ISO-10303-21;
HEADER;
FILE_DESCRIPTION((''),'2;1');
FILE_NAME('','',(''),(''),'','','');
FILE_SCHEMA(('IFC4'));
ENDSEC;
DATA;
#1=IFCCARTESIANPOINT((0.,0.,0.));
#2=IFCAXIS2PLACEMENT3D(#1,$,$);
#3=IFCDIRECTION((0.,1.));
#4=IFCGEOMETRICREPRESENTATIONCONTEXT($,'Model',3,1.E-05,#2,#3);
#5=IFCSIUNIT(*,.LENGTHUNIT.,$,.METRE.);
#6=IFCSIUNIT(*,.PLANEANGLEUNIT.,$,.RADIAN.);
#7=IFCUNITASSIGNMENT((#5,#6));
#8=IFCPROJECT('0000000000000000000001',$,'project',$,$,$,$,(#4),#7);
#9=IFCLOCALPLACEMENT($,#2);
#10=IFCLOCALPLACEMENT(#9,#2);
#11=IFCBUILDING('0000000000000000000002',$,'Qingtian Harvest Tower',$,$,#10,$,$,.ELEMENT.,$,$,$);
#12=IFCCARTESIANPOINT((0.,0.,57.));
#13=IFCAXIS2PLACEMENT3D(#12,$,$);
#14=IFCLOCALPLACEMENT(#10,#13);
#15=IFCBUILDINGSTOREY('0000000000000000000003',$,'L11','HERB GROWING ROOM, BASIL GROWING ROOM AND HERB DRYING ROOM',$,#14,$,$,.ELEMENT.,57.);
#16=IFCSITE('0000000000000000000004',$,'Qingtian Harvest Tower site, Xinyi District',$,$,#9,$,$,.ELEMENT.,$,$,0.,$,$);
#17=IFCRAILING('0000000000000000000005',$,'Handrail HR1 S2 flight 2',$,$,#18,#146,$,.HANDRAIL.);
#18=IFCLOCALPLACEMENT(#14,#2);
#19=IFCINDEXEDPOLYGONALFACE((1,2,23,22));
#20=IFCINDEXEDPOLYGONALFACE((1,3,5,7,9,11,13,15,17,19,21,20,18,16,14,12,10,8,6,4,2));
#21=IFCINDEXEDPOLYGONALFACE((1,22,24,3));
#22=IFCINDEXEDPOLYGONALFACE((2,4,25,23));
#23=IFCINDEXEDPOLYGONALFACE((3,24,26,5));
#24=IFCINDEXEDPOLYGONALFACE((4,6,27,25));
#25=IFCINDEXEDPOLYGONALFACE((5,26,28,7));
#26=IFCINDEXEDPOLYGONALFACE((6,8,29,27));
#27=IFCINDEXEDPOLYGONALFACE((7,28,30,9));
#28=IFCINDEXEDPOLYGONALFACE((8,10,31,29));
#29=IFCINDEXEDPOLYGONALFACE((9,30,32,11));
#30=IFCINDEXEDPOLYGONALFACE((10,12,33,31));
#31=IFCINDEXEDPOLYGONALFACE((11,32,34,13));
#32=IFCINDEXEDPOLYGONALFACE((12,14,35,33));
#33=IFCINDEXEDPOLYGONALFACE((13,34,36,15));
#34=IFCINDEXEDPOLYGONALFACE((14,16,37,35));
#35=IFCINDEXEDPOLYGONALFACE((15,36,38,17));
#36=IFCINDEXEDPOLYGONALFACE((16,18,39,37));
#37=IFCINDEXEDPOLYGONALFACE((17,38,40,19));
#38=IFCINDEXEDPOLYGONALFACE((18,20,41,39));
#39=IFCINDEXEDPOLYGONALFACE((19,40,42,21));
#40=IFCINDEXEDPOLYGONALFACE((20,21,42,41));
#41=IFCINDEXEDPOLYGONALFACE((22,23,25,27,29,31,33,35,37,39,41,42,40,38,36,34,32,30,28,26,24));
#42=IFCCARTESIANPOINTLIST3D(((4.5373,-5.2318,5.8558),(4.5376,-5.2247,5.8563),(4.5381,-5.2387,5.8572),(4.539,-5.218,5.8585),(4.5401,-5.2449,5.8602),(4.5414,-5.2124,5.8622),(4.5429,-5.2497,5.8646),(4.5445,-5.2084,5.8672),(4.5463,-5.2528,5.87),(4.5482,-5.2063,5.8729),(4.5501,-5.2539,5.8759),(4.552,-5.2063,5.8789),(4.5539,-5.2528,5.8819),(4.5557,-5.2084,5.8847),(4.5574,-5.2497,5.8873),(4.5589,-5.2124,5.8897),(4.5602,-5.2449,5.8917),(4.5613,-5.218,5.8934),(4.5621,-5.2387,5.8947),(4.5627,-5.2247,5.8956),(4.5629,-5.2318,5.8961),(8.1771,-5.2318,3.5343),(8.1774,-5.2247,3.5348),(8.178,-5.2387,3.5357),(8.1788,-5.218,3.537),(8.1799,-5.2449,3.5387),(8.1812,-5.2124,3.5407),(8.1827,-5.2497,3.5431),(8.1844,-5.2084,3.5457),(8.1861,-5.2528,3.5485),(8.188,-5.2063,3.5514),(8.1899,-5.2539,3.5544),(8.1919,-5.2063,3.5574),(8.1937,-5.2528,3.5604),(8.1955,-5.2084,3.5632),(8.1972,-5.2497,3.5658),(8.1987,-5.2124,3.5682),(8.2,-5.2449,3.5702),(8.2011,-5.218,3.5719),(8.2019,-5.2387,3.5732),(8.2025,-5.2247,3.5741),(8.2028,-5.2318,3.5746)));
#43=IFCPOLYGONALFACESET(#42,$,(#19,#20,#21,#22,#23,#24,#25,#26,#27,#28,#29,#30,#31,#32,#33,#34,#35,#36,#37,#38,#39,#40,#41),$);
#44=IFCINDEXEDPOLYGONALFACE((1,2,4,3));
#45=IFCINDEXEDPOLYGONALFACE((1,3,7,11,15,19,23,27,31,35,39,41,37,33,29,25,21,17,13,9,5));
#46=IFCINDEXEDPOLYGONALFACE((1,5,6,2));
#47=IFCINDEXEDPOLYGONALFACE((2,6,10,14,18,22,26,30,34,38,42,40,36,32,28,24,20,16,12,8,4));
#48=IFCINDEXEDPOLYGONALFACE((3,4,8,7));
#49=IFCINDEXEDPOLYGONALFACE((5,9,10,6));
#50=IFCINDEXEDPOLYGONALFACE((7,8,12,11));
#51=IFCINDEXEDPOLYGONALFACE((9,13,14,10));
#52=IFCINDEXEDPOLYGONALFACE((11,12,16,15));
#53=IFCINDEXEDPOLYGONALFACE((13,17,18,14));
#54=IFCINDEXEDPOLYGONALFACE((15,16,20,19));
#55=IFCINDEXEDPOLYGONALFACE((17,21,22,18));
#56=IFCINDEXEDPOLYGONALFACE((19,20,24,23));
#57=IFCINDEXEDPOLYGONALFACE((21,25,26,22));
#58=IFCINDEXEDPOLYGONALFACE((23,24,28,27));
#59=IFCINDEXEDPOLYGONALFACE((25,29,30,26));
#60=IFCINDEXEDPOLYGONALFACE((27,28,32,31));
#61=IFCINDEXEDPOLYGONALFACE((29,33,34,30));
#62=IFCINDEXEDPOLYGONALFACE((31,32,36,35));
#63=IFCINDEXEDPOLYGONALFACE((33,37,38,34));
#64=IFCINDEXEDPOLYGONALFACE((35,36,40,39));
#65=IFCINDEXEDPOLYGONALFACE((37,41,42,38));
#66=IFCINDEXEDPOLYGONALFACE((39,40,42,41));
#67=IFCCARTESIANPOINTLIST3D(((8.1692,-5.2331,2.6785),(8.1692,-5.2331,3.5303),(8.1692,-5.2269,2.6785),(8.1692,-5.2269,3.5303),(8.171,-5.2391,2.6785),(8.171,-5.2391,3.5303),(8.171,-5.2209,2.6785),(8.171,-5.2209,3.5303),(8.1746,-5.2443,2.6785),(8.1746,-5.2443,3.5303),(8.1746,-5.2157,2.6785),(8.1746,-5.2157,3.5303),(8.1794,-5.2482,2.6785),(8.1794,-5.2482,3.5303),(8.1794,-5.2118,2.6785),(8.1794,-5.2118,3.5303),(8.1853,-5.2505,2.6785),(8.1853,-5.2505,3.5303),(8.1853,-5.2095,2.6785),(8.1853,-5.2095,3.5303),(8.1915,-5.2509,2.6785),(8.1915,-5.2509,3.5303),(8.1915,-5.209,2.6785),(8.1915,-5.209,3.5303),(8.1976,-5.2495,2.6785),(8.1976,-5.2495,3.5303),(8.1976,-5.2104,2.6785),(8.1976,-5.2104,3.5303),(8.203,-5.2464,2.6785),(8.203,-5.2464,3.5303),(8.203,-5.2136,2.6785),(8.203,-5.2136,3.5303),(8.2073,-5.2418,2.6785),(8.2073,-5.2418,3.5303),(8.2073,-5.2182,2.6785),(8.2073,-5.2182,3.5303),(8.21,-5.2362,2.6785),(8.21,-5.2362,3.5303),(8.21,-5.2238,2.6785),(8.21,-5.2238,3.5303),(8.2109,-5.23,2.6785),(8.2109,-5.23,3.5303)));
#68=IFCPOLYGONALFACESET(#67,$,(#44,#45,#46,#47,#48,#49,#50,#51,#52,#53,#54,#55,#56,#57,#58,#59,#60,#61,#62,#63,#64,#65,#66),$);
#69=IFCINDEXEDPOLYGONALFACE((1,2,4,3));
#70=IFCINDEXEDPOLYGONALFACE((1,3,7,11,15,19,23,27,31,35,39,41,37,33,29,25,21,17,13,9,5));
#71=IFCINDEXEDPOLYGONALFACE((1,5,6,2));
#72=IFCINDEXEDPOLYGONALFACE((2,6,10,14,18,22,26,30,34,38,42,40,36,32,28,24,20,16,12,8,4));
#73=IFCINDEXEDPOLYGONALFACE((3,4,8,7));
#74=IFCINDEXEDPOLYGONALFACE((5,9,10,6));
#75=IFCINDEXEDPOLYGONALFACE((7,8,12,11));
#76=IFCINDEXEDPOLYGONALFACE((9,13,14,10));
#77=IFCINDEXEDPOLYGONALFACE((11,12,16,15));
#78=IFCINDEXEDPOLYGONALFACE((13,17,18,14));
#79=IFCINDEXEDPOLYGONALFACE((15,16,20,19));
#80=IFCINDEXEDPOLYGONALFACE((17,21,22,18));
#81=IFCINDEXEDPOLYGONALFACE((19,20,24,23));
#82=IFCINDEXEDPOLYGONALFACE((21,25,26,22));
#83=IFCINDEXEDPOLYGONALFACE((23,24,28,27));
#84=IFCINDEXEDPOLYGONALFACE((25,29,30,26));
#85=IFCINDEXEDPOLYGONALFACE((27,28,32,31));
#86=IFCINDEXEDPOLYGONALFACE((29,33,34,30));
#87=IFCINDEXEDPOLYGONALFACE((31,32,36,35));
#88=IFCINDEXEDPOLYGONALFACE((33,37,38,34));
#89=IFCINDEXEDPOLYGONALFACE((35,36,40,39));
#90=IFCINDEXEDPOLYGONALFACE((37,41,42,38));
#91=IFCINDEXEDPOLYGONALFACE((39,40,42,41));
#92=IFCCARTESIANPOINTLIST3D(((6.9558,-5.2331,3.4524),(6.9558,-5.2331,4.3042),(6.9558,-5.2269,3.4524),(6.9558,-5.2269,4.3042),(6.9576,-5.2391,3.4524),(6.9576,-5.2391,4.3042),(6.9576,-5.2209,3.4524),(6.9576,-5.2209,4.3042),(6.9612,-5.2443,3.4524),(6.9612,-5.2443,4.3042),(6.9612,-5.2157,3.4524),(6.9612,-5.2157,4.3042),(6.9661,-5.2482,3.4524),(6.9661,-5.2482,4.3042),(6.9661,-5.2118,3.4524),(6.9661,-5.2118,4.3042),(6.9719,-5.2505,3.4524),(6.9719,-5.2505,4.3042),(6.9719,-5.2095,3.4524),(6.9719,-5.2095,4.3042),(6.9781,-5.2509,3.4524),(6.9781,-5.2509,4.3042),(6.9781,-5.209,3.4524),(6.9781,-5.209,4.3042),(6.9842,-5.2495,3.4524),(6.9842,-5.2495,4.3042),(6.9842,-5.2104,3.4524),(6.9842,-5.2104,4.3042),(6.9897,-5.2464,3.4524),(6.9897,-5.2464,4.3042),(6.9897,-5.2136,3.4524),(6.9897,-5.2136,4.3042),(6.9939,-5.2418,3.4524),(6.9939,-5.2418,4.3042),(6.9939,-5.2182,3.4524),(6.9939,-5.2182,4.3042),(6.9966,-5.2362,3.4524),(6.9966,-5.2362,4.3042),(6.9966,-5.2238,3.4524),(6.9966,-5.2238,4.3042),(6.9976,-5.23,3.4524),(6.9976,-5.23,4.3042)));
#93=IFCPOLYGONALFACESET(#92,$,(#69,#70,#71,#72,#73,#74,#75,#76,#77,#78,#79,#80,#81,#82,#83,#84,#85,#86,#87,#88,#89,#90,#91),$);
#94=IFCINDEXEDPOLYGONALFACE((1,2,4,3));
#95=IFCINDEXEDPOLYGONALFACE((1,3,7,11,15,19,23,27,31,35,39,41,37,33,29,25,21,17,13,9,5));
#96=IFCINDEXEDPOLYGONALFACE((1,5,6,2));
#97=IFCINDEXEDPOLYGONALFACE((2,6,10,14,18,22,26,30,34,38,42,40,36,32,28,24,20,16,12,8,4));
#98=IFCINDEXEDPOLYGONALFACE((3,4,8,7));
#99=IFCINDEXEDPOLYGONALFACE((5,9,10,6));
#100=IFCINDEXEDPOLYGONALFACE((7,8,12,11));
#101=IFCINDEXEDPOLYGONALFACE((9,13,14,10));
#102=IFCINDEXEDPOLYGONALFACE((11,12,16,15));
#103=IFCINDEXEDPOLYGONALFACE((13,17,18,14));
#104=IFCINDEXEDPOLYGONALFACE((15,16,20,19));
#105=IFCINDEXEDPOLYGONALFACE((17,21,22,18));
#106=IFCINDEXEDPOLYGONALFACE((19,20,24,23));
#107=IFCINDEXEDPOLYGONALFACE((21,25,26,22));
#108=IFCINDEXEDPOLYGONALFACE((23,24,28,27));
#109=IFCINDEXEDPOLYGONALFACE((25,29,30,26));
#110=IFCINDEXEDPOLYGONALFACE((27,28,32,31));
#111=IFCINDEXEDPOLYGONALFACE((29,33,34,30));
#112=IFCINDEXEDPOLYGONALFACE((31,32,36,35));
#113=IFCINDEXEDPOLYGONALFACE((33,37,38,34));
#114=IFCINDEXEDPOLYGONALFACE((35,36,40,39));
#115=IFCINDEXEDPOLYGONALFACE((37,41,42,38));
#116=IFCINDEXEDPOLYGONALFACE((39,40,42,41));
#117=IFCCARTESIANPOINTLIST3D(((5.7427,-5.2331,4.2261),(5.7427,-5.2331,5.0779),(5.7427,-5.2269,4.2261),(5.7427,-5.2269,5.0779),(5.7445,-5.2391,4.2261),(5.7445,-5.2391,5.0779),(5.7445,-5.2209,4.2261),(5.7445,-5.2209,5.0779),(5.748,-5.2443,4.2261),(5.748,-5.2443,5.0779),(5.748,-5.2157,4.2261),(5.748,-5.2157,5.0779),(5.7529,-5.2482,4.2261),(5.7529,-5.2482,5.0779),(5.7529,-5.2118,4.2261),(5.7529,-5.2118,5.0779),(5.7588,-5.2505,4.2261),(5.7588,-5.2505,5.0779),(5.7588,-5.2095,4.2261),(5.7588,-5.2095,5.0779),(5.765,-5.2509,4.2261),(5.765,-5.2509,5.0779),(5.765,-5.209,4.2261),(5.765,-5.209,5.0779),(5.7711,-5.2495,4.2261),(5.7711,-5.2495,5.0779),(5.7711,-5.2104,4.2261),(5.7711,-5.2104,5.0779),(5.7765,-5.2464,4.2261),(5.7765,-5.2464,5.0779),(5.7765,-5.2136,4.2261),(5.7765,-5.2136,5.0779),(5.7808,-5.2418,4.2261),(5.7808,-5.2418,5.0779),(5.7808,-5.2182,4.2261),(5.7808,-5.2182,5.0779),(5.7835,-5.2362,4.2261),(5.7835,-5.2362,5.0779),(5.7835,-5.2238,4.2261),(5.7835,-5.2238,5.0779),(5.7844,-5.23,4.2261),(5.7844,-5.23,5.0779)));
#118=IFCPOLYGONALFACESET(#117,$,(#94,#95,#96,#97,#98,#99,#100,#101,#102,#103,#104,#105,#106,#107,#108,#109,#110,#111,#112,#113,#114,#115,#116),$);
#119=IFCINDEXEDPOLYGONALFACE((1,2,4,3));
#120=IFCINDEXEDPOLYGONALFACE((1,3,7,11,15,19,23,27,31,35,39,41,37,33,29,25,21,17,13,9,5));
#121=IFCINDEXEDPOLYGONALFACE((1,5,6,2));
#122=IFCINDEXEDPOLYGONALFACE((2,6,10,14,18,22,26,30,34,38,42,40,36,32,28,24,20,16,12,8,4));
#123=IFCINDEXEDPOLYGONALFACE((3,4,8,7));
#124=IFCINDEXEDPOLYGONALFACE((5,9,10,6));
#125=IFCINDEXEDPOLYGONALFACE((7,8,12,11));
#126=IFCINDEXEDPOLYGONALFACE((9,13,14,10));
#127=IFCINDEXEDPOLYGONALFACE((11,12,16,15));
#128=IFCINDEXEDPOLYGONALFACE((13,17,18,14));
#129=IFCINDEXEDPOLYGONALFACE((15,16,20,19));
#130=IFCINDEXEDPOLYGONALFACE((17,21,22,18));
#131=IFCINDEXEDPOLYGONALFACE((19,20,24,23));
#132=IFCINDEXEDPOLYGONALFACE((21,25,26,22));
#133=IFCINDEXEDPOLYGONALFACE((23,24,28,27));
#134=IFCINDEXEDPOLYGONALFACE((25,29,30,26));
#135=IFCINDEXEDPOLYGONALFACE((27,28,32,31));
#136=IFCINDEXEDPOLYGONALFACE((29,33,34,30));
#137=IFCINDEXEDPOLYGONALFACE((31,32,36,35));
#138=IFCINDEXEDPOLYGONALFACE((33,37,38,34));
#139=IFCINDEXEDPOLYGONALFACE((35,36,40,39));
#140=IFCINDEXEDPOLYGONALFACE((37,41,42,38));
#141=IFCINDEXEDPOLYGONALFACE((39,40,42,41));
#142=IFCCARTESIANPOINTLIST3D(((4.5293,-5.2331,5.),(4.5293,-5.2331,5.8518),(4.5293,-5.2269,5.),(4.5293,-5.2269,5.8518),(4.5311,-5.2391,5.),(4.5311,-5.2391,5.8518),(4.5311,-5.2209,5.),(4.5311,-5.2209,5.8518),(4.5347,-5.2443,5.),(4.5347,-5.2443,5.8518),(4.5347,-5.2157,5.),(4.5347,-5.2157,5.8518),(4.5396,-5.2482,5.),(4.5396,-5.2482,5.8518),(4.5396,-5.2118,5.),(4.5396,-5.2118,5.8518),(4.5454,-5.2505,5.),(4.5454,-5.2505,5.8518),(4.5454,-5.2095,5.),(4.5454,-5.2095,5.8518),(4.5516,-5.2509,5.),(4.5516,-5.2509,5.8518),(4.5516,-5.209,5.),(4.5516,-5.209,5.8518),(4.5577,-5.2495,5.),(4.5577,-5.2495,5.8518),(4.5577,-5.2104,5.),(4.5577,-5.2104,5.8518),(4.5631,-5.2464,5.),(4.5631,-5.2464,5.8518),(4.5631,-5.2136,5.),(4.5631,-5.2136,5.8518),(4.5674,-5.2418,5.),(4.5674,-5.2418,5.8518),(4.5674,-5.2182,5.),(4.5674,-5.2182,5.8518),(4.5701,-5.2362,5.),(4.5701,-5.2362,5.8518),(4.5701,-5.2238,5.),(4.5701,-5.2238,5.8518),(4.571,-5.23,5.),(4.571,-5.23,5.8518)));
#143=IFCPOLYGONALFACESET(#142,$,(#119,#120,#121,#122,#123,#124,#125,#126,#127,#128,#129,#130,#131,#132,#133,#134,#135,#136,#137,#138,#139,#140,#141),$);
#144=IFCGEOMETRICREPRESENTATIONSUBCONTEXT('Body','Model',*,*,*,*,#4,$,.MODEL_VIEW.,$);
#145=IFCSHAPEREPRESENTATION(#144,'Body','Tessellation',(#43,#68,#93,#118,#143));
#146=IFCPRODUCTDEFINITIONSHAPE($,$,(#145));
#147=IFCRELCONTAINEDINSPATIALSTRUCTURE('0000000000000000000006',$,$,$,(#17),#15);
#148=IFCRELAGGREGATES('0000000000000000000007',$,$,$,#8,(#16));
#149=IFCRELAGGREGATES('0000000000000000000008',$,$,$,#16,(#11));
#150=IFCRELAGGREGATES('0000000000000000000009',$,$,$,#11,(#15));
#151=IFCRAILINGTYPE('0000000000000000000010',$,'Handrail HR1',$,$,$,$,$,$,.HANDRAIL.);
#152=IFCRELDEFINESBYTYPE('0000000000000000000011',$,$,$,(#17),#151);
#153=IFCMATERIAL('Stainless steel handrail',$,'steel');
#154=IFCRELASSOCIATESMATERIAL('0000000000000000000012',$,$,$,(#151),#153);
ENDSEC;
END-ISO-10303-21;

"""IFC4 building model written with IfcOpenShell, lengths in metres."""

from ifc_helpers import new_model, si_unit, direction, frame, origin, origin_2d, place, context, subcontext, project, spatial, circle, extrude, material, type_object, element, save


model = new_model("IFC4")

# Units and contexts
model_context = context("Model", 3, precision=1e-05, world=origin(), true_north=direction((0.0, 1.0)))
body_context = subcontext(model_context, "Body", "Model", "MODEL_VIEW")
ifc_project = project(units=[si_unit("LENGTHUNIT", "METRE"), si_unit("PLANEANGLEUNIT", "RADIAN")], contexts=[model_context])

# Site, building, storey
site_placement = place(None, origin())
site = spatial("IfcSite", under=ifc_project, at=site_placement, Name="Qingtian Harvest Tower site, Xinyi District", CompositionType="ELEMENT", RefElevation=0.0)
building_placement = place(site_placement, origin())
building = spatial("IfcBuilding", under=site, at=building_placement, Name="Qingtian Harvest Tower", CompositionType="ELEMENT")
storey_placement = place(building_placement, frame((0.0, 0.0, 57.0)))
storey = spatial("IfcBuildingStorey", under=building, at=storey_placement, Name="L11", Description="HERB GROWING ROOM, BASIL GROWING ROOM AND HERB DRYING ROOM", CompositionType="ELEMENT", Elevation=57.0)

# Railing
ifc_material_1 = material(Name="Stainless steel handrail", Category="steel")
railing_type = type_object("IfcRailingType", Name="Handrail HR1", PredefinedType="HANDRAIL", material=ifc_material_1)
railing_1_placement = place(storey_placement, frame((8.1899, -5.23, 2.6785)))
element("IfcRailing", 1, at=railing_1_placement, inside=storey, type_object=railing_type, Name="Handrail HR1 S2 flight 2", PredefinedType="HANDRAIL", context=body_context, shape_type="SweptSolid", body=[
    extrude(circle(Radius=0.0239, at=origin_2d()), frame((0.0, 0.0, 0.876), z_axis=(-0.843112, 0.0, 0.537739), x_axis=(0.0, -1.0, 0.0)), (0.0, 0.0, 1.0), 4.3171),
    extrude(circle(Radius=0.021, at=origin_2d()), origin(), (0.0, 0.0, 1.0), 0.8518),
    extrude(circle(Radius=0.021, at=origin_2d()), frame((-1.2134, 0.0, 0.7739)), (0.0, 0.0, 1.0), 0.8518),
    extrude(circle(Radius=0.021, at=origin_2d()), frame((-2.4265, 0.0, 1.5476)), (0.0, 0.0, 1.0), 0.8518),
    extrude(circle(Radius=0.021, at=origin_2d()), frame((-3.6399, 0.0, 2.3215)), (0.0, 0.0, 1.0), 0.8518),
])

save(model, "model.ifc")
